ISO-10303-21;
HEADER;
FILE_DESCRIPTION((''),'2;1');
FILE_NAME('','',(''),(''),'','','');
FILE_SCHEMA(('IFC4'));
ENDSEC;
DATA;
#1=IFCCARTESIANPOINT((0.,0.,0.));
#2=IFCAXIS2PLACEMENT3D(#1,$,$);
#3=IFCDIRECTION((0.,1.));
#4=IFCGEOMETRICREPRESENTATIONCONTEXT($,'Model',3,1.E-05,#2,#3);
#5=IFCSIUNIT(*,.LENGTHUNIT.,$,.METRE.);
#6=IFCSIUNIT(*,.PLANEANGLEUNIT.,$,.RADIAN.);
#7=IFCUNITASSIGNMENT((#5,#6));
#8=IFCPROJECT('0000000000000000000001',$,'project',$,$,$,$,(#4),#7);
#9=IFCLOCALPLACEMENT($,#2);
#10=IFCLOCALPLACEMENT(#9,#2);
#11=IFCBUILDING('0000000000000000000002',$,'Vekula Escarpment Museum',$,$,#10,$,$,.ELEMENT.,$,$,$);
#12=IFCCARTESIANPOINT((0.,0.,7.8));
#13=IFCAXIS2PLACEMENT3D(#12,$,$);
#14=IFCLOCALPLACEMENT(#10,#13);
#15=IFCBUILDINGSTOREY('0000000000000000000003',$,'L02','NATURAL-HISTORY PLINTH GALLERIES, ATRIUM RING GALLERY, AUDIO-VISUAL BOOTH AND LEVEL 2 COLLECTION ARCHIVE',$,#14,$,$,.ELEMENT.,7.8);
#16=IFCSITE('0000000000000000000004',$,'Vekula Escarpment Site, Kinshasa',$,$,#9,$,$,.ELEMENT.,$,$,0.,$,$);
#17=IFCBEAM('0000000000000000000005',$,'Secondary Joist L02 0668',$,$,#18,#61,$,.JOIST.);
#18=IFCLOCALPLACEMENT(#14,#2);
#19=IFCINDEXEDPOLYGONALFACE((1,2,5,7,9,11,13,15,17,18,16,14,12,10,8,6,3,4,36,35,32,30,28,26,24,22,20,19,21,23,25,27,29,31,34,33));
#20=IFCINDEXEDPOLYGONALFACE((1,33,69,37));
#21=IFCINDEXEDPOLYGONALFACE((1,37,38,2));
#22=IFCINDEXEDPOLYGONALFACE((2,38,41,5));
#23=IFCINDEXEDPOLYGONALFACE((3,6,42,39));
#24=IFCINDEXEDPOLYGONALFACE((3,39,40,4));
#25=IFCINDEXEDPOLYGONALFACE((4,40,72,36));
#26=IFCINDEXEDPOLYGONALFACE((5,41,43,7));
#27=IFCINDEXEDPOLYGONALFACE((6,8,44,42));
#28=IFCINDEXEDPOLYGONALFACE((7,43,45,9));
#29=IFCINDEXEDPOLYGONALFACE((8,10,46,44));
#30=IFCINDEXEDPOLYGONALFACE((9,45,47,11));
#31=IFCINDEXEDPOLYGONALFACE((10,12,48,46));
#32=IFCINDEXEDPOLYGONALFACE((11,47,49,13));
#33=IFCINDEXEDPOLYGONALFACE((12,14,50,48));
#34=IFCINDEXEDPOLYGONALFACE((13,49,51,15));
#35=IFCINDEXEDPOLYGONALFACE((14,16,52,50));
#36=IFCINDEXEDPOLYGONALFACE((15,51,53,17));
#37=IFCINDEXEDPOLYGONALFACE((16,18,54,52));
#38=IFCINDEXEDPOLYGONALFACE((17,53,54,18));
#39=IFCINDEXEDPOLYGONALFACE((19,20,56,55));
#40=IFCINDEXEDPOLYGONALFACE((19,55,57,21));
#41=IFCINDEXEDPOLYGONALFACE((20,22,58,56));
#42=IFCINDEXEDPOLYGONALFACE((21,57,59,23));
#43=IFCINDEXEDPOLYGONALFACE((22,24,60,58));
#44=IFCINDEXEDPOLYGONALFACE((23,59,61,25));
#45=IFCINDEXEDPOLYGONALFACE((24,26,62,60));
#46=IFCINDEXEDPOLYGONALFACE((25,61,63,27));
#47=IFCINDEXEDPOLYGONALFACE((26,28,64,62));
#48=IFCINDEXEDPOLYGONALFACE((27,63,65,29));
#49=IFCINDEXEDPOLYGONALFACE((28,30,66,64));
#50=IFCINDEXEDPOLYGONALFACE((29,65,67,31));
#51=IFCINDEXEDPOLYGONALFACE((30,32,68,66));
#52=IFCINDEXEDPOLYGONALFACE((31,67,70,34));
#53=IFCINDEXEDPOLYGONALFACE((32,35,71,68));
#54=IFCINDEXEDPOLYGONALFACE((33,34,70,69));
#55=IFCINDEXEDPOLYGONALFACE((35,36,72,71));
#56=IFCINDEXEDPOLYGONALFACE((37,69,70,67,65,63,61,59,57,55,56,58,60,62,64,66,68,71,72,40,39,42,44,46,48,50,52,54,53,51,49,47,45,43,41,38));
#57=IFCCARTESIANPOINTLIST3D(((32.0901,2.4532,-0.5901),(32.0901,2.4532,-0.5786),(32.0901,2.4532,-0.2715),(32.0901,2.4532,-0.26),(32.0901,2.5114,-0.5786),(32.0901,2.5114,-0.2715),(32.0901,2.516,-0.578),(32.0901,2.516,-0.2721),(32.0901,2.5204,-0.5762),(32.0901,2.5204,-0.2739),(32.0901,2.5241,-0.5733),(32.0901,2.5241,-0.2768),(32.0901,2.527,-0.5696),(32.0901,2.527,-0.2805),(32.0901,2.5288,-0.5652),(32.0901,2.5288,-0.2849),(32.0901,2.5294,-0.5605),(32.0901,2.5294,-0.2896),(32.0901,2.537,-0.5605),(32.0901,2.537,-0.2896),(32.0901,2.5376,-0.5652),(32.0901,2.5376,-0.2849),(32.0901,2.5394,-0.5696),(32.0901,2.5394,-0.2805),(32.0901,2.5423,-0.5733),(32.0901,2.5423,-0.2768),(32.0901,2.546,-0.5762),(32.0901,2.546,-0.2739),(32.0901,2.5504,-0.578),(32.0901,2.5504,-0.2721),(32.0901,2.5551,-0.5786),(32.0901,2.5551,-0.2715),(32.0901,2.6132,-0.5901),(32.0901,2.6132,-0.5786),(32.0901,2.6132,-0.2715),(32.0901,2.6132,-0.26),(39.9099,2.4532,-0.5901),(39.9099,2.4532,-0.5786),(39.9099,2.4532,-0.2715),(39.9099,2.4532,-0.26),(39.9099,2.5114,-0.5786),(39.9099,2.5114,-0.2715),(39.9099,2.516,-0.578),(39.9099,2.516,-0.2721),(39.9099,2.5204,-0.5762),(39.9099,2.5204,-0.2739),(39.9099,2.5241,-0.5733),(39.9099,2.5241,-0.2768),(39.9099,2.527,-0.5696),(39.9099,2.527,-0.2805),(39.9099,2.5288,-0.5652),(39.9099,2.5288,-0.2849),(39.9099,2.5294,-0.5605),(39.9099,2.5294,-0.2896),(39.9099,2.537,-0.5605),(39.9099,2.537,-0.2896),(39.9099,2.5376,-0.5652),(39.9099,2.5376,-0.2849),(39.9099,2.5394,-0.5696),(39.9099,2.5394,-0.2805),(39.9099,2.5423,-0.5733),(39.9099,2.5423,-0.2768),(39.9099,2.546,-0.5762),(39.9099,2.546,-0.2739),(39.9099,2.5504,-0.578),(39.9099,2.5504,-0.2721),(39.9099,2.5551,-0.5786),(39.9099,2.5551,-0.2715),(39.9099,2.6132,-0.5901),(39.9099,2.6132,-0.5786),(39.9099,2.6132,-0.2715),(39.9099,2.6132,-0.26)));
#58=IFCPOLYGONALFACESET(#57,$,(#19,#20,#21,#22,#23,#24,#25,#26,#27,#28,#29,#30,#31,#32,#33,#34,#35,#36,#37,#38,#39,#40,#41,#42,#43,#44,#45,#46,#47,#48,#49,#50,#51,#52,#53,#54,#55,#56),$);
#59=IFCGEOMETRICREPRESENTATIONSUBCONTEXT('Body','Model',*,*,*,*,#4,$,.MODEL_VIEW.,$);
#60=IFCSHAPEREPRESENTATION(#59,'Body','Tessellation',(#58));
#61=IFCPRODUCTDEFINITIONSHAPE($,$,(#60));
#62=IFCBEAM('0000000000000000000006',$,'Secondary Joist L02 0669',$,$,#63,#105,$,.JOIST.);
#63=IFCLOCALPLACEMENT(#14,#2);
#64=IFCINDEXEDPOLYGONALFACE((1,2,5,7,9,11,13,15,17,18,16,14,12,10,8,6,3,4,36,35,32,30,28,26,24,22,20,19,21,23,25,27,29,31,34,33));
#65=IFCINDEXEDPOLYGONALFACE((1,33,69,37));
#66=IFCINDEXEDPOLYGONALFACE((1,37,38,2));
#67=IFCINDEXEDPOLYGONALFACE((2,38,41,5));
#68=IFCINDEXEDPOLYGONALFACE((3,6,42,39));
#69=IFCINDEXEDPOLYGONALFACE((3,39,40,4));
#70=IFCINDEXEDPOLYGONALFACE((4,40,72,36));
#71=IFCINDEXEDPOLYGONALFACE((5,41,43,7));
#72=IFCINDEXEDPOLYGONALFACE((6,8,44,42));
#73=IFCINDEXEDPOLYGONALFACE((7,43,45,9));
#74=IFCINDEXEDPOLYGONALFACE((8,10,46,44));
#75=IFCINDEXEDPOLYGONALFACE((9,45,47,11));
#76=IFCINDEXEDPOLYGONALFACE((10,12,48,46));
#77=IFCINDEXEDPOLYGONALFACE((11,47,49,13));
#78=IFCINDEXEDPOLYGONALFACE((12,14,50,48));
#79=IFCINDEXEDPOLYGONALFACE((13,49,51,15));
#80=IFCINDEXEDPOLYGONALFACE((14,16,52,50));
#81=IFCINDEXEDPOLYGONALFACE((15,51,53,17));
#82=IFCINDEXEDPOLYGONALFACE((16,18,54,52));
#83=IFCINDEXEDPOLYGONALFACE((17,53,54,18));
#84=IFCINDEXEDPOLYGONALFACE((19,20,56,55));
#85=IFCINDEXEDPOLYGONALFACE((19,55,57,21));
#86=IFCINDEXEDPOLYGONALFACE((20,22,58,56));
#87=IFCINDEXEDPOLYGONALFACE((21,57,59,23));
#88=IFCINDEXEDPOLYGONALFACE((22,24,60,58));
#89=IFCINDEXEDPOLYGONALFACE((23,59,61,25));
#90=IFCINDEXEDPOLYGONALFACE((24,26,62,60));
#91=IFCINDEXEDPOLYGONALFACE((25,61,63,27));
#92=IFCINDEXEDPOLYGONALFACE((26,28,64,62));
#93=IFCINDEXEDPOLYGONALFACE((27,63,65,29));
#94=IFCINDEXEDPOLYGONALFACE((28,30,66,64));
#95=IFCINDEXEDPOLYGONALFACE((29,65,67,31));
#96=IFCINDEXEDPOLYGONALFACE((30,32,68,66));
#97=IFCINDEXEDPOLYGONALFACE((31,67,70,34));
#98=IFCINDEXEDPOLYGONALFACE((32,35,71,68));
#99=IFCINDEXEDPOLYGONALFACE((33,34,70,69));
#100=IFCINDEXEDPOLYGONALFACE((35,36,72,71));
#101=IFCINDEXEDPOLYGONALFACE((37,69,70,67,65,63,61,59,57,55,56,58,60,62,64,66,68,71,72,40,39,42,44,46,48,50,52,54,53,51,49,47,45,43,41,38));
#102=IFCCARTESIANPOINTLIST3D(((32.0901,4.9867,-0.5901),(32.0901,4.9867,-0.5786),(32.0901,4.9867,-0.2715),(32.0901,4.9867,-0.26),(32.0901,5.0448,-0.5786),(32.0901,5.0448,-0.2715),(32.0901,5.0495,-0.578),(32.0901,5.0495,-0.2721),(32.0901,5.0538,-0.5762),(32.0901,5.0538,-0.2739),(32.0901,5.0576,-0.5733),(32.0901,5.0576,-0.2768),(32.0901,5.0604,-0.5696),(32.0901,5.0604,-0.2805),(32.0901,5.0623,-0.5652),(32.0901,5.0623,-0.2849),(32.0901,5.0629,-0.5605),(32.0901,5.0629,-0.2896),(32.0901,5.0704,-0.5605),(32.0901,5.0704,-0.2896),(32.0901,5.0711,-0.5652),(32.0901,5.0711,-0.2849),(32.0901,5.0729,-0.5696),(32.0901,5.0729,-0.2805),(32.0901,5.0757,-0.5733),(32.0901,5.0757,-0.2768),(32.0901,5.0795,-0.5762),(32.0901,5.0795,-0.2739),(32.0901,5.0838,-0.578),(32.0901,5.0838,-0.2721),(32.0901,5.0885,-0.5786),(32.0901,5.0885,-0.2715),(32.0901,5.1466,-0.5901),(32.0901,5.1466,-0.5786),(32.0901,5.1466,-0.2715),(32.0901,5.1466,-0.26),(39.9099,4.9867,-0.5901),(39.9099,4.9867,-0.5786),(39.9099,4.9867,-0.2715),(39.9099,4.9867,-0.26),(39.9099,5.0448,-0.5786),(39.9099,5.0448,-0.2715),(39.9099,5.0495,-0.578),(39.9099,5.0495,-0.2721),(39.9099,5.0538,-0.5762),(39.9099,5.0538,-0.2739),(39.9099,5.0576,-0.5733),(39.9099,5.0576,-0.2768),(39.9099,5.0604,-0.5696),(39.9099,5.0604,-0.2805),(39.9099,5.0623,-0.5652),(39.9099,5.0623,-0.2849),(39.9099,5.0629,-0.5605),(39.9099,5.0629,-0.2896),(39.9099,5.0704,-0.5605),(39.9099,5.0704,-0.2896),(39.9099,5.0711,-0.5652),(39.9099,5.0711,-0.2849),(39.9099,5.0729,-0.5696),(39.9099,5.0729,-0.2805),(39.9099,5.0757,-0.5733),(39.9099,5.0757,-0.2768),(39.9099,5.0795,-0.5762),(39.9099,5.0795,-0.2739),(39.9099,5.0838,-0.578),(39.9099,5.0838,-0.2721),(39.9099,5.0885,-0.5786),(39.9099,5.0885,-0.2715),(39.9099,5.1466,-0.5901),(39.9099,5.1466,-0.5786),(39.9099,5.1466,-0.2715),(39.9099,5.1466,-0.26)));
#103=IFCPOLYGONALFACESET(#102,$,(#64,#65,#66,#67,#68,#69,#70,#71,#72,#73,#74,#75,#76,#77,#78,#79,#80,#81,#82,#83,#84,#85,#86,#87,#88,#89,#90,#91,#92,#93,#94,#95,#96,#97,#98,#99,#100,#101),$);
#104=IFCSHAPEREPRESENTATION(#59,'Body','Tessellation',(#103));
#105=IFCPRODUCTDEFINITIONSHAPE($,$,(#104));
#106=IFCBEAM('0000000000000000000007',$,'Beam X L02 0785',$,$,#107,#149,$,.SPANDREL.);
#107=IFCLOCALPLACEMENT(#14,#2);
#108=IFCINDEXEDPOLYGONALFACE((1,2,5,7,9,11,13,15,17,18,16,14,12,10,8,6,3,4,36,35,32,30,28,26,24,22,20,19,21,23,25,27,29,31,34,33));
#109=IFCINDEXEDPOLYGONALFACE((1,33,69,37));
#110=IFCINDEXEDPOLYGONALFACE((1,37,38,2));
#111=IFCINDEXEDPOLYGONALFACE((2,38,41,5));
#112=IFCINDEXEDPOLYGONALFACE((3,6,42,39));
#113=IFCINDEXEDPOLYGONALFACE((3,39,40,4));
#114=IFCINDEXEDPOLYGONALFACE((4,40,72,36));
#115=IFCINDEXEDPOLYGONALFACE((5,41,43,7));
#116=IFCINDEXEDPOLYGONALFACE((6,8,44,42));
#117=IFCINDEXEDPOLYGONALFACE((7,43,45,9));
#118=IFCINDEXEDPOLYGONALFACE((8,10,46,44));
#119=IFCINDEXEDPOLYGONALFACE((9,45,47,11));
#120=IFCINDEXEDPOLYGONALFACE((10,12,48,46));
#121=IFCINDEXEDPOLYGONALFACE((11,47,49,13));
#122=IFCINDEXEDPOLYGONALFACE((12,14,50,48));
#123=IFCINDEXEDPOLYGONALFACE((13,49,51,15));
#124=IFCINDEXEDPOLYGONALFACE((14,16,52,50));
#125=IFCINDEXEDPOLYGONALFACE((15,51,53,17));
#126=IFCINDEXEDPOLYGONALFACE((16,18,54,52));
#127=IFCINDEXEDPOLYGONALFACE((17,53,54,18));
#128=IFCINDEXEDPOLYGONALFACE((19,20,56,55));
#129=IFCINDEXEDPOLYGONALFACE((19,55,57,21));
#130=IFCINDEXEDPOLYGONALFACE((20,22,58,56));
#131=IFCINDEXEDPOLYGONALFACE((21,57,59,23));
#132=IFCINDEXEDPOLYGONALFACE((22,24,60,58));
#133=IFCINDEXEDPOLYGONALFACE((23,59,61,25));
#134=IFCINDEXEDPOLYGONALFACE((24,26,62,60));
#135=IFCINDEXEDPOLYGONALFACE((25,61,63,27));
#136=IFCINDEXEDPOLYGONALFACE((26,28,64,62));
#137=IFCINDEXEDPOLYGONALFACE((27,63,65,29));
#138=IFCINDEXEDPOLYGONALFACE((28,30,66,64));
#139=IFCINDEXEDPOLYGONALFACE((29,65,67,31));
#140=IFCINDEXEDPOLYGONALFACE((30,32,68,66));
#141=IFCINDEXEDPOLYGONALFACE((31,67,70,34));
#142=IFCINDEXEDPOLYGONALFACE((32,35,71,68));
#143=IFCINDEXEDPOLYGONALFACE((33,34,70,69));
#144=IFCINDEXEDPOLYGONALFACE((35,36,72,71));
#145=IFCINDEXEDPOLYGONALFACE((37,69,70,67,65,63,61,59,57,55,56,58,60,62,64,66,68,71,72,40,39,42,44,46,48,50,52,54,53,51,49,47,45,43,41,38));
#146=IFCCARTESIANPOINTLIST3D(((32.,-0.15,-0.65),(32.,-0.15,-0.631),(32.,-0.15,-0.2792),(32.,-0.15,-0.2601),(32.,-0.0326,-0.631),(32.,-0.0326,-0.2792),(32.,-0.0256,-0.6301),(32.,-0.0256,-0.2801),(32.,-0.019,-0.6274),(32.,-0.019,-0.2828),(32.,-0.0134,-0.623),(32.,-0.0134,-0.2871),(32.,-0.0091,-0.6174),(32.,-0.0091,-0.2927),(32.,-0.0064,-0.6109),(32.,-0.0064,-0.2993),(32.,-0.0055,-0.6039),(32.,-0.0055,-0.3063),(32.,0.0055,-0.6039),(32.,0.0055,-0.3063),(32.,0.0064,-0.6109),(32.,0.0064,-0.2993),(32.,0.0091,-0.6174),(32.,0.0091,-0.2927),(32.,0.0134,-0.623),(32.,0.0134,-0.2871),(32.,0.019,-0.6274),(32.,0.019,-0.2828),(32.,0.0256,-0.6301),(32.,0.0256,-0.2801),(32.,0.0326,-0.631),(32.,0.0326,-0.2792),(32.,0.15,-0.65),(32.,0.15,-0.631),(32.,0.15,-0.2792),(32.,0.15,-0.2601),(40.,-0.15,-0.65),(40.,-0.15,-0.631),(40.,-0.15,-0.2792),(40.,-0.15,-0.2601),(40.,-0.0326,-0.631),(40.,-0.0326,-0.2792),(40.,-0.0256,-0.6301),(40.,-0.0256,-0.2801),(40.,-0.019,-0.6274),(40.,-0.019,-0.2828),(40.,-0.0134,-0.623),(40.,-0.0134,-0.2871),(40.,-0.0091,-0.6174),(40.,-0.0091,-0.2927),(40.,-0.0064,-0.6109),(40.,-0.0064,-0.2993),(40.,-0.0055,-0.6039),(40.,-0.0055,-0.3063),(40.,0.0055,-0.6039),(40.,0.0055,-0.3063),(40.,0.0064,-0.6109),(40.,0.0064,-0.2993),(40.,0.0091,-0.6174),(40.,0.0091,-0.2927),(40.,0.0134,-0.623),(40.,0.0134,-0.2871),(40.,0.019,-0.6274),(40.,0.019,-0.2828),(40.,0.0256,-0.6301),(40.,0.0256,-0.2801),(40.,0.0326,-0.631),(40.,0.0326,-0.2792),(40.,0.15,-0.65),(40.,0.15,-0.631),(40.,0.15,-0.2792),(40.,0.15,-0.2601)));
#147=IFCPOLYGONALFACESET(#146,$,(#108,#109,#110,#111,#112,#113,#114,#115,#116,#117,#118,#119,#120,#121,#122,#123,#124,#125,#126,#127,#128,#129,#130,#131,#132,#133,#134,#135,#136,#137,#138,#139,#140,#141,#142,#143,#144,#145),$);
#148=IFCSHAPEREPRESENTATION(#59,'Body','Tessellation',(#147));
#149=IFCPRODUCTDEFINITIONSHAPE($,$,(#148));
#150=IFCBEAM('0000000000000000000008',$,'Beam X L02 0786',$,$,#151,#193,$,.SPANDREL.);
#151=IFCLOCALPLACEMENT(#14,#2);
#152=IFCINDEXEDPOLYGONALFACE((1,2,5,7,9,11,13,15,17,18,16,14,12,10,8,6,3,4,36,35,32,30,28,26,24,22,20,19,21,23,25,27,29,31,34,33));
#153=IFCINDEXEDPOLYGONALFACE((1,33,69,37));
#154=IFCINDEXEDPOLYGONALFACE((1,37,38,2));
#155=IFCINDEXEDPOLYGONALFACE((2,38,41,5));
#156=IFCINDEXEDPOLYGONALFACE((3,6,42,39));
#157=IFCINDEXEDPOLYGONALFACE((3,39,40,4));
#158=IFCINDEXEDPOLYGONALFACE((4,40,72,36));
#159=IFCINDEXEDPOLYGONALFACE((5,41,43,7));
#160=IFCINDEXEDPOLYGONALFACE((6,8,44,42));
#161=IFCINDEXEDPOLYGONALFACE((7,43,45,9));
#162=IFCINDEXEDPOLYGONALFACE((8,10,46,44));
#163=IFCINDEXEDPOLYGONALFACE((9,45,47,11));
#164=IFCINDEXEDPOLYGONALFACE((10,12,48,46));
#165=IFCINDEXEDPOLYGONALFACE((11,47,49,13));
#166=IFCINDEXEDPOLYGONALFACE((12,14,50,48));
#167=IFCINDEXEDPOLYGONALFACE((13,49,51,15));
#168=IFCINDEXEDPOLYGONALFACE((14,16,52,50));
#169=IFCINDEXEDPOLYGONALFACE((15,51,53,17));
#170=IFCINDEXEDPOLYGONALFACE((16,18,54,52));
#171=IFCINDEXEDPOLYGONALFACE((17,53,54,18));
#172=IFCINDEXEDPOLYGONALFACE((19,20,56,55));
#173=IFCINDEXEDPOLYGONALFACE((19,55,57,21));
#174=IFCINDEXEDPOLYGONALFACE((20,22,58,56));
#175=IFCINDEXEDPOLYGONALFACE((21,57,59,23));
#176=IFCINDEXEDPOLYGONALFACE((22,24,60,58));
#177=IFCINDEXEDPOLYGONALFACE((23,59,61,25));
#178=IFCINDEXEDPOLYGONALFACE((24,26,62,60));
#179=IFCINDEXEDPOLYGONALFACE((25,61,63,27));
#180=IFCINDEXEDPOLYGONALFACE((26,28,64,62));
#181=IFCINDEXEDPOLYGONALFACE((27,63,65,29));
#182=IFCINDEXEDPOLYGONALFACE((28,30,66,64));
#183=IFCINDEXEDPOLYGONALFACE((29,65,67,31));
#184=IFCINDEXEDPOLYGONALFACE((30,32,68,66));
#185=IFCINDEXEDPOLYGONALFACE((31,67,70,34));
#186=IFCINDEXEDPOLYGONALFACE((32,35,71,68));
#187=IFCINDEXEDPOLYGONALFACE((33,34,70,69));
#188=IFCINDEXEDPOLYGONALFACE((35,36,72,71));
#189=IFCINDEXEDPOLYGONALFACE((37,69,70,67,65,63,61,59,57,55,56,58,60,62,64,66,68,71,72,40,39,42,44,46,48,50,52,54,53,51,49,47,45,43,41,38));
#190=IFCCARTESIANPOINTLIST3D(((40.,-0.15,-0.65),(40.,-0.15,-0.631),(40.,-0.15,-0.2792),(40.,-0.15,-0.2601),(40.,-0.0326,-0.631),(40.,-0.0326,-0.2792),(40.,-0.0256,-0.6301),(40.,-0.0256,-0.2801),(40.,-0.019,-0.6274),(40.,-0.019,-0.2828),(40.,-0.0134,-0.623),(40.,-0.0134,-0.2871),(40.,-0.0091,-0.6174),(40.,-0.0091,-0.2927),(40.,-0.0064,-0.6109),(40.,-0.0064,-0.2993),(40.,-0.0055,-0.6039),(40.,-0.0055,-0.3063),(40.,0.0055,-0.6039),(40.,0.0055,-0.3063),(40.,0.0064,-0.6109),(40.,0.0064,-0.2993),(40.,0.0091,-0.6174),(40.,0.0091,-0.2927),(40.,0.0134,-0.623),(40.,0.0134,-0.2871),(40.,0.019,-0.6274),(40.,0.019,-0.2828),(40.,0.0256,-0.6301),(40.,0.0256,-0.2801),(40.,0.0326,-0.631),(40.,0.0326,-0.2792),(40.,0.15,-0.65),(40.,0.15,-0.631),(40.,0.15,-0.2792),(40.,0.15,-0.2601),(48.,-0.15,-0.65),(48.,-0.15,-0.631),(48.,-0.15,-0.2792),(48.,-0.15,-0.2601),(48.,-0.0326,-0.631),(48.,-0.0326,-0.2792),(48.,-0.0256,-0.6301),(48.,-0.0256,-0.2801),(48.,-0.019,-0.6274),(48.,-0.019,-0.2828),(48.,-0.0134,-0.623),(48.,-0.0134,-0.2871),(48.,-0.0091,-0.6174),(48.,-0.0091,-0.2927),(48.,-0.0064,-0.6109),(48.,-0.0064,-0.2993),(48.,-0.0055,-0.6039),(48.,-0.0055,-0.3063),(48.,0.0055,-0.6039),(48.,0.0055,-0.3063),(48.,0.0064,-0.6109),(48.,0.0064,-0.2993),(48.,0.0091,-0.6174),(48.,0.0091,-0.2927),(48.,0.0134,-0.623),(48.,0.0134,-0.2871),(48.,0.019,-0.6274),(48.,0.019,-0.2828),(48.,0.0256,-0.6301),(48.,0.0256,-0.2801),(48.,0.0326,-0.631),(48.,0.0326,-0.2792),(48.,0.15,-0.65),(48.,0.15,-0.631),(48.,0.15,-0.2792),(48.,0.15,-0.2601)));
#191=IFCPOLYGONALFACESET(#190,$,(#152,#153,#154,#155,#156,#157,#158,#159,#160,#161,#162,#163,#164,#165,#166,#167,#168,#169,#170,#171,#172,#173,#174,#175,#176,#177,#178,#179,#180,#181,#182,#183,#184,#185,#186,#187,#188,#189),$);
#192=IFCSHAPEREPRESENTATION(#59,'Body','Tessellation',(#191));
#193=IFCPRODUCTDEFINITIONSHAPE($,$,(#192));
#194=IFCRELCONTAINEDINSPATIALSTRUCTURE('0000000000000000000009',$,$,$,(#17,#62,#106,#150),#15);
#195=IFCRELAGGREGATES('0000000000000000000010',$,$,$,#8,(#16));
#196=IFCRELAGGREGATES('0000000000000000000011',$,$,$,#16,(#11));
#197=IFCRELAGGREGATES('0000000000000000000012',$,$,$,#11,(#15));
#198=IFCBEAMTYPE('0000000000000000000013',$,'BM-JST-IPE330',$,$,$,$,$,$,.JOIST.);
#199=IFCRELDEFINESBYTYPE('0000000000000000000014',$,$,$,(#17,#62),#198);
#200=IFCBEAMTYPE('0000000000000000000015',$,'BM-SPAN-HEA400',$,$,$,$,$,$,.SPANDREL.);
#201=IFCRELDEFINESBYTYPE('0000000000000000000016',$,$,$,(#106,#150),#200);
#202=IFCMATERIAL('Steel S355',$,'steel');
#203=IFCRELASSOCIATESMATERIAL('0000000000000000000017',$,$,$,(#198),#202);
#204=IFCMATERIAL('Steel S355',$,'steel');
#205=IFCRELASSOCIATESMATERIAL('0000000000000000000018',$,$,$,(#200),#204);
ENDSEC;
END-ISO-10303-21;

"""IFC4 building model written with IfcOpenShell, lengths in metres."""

from ifc_helpers import new_model, si_unit, direction, frame, origin, origin_2d, place, context, subcontext, project, spatial, i_section, extrude, material, material_profile, profile_set, type_object, element, save


model = new_model("IFC4")

# Units and contexts
model_context = context("Model", 3, precision=1e-05, world=origin(), true_north=direction((0.0, 1.0)))
body_context = subcontext(model_context, "Body", "Model", "MODEL_VIEW")
ifc_project = project(units=[si_unit("LENGTHUNIT", "METRE"), si_unit("PLANEANGLEUNIT", "RADIAN")], contexts=[model_context])

# Site, building, storey
site_placement = place(None, origin())
site = spatial("IfcSite", under=ifc_project, at=site_placement, Name="Vekula Escarpment Site, Kinshasa", CompositionType="ELEMENT", RefElevation=0.0)
building_placement = place(site_placement, origin())
building = spatial("IfcBuilding", under=site, at=building_placement, Name="Vekula Escarpment Museum", CompositionType="ELEMENT")
storey_placement = place(building_placement, frame((0.0, 0.0, 7.8)))
storey = spatial("IfcBuildingStorey", under=building, at=storey_placement, Name="L02", Description="NATURAL-HISTORY PLINTH GALLERIES, ATRIUM RING GALLERY, AUDIO-VISUAL BOOTH AND LEVEL 2 COLLECTION ARCHIVE", CompositionType="ELEMENT", Elevation=7.8)

# Beams
ifc_material_1 = material(Name="Steel S355", Category="steel")
ifc_material_profile_1 = material_profile(ifc_material_1, i_section(OverallWidth=0.1599, OverallDepth=0.3301, WebThickness=0.0076, FlangeThickness=0.0115, FilletRadius=0.0181, at=origin_2d()), Name="IPE 330")
ifc_profile_set_1 = profile_set([ifc_material_profile_1], Name="Steel S355")
beam_type_1 = type_object("IfcBeamType", Name="BM-JST-IPE330", PredefinedType="JOIST", material=ifc_profile_set_1)
for number, where, z_axis, x_axis, name in (
    (1, (32.0901, 2.5332, -0.425), (1.0, 0.0, 0.0), (0.0, 1.0, 0.0), "Secondary Joist L02 0668"),
    (2, (32.0901, 5.0667, -0.425), (1.0, 0.0, 0.0), (0.0, 1.0, 0.0), "Secondary Joist L02 0669"),
):
    element("IfcBeam", number, at=place(storey_placement, frame(where, z_axis=z_axis, x_axis=x_axis)), inside=storey, type_object=beam_type_1, Name=name, PredefinedType="JOIST", context=body_context, shape_type="SweptSolid", body=[
        extrude(i_section(OverallWidth=0.1599, OverallDepth=0.3301, WebThickness=0.0076, FlangeThickness=0.0115, FilletRadius=0.0181, at=origin_2d()), origin(), (0.0, 0.0, 1.0), 7.8198),
    ])
ifc_material_2 = material(Name="Steel S355", Category="steel")
ifc_material_profile_2 = material_profile(ifc_material_2, i_section(OverallWidth=0.3, OverallDepth=0.3899, WebThickness=0.011, FlangeThickness=0.019, FilletRadius=0.0271, at=origin_2d()), Name="HEA 400")
ifc_profile_set_2 = profile_set([ifc_material_profile_2], Name="Steel S355")
beam_type_2 = type_object("IfcBeamType", Name="BM-SPAN-HEA400", PredefinedType="SPANDREL", material=ifc_profile_set_2)
for number, where, z_axis, x_axis, name in (
    (3, (32.0, 0.0, -0.4551), (1.0, 0.0, 0.0), (0.0, 1.0, 0.0), "Beam X L02 0785"),
    (4, (40.0, 0.0, -0.4551), (1.0, 0.0, 0.0), (0.0, 1.0, 0.0), "Beam X L02 0786"),
):
    element("IfcBeam", number, at=place(storey_placement, frame(where, z_axis=z_axis, x_axis=x_axis)), inside=storey, type_object=beam_type_2, Name=name, PredefinedType="SPANDREL", context=body_context, shape_type="SweptSolid", body=[
        extrude(i_section(OverallWidth=0.3, OverallDepth=0.3899, WebThickness=0.011, FlangeThickness=0.019, FilletRadius=0.0271, at=origin_2d()), origin(), (0.0, 0.0, 1.0), 8.0),
    ])

save(model, "model.ifc")
